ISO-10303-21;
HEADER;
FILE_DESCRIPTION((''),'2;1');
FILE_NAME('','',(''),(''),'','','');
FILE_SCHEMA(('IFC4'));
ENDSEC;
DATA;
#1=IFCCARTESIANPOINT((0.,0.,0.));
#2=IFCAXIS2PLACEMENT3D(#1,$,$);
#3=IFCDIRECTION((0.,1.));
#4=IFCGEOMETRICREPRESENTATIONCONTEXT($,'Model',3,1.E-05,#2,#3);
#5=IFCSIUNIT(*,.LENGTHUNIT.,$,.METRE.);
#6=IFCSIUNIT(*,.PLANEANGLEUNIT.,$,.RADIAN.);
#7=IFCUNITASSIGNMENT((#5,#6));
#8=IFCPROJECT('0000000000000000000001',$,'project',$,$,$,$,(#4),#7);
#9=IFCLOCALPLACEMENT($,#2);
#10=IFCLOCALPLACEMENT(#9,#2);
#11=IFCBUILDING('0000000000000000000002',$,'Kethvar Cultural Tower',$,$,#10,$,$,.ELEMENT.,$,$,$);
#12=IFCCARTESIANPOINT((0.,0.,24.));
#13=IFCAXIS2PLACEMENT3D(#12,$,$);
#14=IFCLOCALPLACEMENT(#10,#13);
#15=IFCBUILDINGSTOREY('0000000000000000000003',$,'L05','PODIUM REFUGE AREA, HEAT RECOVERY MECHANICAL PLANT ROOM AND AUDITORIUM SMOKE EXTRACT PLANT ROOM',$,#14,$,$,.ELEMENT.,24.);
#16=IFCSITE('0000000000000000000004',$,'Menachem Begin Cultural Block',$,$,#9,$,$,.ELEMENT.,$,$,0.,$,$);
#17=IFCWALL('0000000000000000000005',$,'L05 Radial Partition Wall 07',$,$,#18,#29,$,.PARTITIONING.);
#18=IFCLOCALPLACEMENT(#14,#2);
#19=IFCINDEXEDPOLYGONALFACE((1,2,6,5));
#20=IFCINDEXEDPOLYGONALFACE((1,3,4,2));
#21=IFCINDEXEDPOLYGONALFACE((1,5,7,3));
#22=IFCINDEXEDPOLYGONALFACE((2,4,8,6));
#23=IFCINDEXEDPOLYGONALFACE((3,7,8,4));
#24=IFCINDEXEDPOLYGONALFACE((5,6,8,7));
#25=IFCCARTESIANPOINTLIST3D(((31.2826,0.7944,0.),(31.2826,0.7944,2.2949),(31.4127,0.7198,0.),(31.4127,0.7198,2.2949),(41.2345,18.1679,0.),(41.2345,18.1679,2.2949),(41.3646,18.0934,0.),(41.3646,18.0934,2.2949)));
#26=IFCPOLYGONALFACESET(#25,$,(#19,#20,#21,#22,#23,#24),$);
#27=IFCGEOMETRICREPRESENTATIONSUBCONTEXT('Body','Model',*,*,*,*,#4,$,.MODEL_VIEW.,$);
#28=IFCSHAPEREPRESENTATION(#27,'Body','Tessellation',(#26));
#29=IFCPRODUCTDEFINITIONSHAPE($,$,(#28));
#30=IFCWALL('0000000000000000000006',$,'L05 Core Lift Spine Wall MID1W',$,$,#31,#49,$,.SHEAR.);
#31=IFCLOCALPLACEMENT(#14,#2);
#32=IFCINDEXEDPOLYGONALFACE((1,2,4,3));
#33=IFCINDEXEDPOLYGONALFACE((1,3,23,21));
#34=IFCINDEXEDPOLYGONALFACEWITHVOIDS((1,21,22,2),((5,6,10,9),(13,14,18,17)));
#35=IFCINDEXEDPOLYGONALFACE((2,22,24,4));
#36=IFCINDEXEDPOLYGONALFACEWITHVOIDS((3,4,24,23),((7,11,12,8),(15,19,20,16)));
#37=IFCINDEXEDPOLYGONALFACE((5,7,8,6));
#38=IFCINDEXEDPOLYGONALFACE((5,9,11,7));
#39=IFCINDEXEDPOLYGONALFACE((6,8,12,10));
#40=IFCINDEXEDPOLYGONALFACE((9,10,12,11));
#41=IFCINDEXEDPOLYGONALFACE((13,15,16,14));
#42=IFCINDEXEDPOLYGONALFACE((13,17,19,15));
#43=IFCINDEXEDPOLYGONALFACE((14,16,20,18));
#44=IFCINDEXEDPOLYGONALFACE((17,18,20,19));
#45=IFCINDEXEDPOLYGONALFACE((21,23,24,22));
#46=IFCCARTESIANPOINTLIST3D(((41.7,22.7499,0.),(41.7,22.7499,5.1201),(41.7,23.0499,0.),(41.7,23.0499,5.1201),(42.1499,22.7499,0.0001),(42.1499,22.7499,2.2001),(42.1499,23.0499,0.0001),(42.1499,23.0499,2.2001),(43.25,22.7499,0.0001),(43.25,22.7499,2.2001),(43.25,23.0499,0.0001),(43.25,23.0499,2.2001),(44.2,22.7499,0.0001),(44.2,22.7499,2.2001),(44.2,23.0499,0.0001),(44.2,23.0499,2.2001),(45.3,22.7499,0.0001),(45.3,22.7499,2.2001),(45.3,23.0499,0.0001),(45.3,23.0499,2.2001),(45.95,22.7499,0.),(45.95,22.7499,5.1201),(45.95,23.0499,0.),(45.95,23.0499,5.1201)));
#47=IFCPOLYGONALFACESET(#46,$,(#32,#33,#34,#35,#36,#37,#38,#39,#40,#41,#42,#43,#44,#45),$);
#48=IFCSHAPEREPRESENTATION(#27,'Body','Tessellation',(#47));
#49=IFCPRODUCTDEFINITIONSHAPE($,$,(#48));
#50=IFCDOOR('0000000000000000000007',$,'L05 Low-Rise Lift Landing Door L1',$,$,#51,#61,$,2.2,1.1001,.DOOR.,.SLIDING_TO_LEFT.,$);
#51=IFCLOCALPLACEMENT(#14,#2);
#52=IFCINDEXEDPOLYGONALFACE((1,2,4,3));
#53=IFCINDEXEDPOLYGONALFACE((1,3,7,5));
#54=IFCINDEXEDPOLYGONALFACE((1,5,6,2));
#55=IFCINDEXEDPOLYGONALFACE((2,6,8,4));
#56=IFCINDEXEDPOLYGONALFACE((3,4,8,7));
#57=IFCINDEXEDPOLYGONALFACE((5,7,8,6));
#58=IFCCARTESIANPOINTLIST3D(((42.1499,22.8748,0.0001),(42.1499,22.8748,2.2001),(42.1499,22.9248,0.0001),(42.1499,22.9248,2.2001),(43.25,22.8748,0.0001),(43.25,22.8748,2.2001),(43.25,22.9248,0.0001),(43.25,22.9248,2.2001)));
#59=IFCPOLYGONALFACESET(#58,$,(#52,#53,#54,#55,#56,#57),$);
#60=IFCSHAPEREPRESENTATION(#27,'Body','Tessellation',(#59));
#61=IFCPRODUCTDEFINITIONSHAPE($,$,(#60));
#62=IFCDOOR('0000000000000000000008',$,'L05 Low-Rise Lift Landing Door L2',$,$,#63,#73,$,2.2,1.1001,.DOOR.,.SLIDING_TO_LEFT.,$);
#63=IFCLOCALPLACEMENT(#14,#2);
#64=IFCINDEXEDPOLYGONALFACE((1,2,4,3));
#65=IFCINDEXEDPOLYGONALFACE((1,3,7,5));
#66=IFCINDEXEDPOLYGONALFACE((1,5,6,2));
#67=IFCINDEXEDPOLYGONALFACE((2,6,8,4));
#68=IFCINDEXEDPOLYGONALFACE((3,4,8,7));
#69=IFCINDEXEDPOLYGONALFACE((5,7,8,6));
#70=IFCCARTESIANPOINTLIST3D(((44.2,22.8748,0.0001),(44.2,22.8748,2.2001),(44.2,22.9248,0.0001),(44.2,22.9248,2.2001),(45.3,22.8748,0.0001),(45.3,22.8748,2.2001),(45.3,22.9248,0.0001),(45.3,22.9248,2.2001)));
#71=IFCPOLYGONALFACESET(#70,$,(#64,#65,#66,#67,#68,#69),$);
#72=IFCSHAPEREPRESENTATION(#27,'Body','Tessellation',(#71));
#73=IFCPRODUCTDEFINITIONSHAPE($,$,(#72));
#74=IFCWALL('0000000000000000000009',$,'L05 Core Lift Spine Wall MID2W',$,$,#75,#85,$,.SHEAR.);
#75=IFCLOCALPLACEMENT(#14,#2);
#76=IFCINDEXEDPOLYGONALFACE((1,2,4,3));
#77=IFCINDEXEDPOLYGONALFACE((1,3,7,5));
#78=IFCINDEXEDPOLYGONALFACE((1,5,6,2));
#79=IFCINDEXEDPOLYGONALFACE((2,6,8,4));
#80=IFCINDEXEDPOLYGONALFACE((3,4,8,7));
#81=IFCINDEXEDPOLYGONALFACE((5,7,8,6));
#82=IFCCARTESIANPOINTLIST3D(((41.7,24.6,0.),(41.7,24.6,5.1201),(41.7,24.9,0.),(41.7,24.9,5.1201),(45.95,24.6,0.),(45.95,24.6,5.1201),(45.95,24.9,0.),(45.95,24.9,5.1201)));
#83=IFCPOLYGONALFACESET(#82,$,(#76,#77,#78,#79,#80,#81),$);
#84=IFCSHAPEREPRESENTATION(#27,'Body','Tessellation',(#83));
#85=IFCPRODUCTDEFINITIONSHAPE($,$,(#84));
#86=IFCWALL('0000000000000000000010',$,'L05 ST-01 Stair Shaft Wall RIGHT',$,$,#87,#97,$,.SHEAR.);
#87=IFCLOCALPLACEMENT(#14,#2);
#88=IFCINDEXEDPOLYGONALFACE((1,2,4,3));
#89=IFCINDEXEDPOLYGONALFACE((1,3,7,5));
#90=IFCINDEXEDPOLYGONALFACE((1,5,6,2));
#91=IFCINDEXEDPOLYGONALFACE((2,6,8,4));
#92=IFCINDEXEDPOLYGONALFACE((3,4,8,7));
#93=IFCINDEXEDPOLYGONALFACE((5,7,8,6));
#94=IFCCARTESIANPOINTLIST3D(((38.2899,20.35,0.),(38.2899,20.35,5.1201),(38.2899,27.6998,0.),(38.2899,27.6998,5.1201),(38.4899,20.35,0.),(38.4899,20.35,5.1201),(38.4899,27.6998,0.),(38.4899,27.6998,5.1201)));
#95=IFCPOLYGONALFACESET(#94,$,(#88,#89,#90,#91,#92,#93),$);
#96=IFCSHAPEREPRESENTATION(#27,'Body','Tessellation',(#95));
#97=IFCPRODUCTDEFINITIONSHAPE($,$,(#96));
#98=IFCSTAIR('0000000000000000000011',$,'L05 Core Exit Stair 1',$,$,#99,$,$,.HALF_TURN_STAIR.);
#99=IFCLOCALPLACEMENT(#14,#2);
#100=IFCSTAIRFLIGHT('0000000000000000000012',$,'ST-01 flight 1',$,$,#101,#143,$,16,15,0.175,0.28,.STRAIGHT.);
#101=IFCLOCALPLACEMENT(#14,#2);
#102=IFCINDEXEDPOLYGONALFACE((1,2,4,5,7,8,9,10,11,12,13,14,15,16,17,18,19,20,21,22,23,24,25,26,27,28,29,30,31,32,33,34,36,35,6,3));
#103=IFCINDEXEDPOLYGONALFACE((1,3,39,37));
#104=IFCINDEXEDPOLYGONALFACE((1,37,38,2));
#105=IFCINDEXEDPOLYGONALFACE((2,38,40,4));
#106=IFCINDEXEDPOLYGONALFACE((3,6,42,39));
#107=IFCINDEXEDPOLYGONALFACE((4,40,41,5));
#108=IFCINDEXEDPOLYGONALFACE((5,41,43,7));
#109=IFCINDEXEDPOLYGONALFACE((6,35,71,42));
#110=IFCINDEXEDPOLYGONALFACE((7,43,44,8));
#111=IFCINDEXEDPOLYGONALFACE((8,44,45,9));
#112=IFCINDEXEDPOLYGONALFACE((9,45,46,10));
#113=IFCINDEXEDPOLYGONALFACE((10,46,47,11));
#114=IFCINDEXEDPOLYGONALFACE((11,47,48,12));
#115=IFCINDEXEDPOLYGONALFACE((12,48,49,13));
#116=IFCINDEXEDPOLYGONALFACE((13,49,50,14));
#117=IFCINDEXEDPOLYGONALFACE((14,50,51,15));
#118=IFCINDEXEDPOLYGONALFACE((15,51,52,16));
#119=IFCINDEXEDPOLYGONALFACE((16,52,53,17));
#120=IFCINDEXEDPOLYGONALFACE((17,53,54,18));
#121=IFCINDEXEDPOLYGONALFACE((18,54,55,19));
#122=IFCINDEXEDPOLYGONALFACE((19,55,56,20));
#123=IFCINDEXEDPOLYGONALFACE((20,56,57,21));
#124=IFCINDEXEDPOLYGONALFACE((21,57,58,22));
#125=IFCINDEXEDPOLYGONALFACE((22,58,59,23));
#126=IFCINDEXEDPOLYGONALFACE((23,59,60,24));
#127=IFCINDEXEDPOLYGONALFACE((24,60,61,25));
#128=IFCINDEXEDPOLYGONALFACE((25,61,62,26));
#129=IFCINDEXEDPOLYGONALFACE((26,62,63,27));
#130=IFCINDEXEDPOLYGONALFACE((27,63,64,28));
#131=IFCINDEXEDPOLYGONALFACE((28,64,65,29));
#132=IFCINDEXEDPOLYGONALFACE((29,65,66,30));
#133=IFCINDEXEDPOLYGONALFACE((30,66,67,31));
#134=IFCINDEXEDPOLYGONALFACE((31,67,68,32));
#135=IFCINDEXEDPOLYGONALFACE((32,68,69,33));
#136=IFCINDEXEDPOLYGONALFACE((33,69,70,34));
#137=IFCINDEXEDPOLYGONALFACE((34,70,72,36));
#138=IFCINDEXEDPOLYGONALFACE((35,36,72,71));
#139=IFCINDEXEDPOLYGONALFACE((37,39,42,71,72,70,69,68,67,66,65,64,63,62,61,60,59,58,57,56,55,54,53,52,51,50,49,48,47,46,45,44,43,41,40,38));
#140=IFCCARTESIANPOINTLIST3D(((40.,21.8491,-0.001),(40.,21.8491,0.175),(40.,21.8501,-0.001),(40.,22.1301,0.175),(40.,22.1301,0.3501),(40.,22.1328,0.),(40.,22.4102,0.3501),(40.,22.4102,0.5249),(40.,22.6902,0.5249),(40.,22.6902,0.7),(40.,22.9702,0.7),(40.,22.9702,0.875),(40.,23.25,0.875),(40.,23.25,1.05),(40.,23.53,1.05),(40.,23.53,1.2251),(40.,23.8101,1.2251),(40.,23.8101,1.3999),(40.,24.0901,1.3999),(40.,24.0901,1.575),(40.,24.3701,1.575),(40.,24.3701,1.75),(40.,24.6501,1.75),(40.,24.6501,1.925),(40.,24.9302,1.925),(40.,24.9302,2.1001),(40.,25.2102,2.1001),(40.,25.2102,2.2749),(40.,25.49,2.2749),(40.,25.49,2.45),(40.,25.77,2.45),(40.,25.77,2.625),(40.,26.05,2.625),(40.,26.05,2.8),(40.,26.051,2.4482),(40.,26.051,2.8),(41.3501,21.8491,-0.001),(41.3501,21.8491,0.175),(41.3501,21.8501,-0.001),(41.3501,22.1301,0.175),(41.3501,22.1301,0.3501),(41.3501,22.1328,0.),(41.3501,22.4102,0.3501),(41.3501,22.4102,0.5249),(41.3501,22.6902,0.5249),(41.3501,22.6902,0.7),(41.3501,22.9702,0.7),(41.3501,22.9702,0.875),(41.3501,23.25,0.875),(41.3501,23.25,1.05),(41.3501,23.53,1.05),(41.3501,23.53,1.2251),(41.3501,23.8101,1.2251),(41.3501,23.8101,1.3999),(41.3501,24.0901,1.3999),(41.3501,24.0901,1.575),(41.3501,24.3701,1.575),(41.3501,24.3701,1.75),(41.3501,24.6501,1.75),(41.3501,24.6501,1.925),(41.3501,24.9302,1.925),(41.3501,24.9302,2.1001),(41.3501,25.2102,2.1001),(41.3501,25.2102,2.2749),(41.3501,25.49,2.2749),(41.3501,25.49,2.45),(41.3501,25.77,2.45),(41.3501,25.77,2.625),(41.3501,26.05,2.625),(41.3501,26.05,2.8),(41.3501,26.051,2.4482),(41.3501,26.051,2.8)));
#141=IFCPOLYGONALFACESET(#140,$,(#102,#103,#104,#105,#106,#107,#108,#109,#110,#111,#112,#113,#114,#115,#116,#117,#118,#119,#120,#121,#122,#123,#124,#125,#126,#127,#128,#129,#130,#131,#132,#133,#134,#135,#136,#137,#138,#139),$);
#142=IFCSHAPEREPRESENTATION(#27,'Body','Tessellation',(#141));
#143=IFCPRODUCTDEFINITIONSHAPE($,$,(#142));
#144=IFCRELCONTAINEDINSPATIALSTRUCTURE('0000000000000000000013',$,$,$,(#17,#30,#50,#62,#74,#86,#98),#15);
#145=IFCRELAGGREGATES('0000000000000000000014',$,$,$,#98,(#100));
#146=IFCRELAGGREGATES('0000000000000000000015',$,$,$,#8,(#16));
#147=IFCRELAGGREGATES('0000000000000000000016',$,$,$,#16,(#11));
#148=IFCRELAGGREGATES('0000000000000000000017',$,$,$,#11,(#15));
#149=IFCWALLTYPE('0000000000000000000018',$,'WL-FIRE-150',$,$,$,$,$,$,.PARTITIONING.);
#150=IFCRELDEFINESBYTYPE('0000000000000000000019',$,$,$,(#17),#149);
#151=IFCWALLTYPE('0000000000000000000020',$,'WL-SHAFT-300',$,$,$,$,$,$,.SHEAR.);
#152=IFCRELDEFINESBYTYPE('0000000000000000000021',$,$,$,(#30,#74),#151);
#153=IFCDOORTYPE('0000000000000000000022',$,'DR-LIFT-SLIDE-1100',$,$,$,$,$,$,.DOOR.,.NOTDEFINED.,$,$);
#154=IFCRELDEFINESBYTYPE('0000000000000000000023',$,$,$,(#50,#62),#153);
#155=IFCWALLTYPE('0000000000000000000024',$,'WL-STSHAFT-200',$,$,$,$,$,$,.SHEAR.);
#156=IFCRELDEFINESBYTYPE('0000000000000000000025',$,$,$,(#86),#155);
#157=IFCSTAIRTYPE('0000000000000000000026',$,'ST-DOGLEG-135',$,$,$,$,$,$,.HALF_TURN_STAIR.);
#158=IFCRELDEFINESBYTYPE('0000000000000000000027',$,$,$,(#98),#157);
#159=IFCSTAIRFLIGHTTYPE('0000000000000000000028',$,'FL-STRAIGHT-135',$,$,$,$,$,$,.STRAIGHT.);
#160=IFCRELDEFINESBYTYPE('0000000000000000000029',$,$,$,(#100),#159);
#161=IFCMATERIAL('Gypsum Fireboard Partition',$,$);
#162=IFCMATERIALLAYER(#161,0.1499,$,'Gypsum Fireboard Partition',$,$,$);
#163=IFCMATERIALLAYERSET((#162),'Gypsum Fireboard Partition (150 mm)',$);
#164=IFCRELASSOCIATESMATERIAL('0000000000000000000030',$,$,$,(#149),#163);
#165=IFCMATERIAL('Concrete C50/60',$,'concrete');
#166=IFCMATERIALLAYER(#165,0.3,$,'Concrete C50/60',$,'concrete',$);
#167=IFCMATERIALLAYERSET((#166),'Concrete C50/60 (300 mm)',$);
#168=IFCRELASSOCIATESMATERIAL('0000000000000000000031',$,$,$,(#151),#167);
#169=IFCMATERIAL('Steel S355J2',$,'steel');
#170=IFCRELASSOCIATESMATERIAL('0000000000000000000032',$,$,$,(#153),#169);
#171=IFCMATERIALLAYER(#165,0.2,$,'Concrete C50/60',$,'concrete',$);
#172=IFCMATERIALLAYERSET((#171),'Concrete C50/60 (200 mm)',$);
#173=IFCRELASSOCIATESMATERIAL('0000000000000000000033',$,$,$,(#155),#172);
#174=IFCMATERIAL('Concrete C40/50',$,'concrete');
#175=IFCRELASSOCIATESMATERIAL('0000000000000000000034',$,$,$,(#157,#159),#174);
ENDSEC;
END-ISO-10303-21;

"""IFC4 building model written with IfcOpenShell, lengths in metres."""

from ifc_helpers import new_model, si_unit, direction, frame, frame_2d, origin, place, context, subcontext, project, spatial, polyline, rectangle, outline, extrude, source, transform, mapped, material, layer, layer_set, type_object, element, fill, aggregate, save


model = new_model("IFC4")

# Units and contexts
model_context = context("Model", 3, precision=1e-05, world=origin(), true_north=direction((0.0, 1.0)))
body_context = subcontext(model_context, "Body", "Model", "MODEL_VIEW")
ifc_project = project(units=[si_unit("LENGTHUNIT", "METRE"), si_unit("PLANEANGLEUNIT", "RADIAN")], contexts=[model_context])

# Site, building, storey
site_placement = place(None, origin())
site = spatial("IfcSite", under=ifc_project, at=site_placement, Name="Menachem Begin Cultural Block", CompositionType="ELEMENT", RefElevation=0.0)
building_placement = place(site_placement, origin())
building = spatial("IfcBuilding", under=site, at=building_placement, Name="Kethvar Cultural Tower", CompositionType="ELEMENT")
storey_placement = place(building_placement, frame((0.0, 0.0, 24.0)))
storey = spatial("IfcBuildingStorey", under=building, at=storey_placement, Name="L05", Description="PODIUM REFUGE AREA, HEAT RECOVERY MECHANICAL PLANT ROOM AND AUDITORIUM SMOKE EXTRACT PLANT ROOM", CompositionType="ELEMENT", Elevation=24.0)

# Shared definitions
ifc_material_1 = material(Name="Steel S355J2", Category="steel")

# Shared definitions
ifc_material_2 = material(Name="Gypsum Fireboard Partition")
ifc_layer_1 = layer(ifc_material_2, 0.1499, Name="Gypsum Fireboard Partition")
ifc_layer_set_1 = layer_set([ifc_layer_1], Name="Gypsum Fireboard Partition (150 mm)")
wall_type_1 = type_object("IfcWallType", Name="WL-FIRE-150", PredefinedType="PARTITIONING", material=ifc_layer_set_1)

# Wall
wall_1_placement = place(storey_placement, frame((41.2996, 18.1306, 0.0), z_axis=(0.0, 0.0, 1.0), x_axis=(-0.497049, -0.867723, 0.0)))
element("IfcWall", 1, at=wall_1_placement, inside=storey, type_object=wall_type_1, Name="L05 Radial Partition Wall 07", PredefinedType="PARTITIONING", context=body_context, shape_type="SweptSolid", body=[
    extrude(rectangle(XDim=20.022, YDim=0.1499, at=frame_2d((10.011, 0.0))), origin(), (0.0, 0.0, 1.0), 2.2949),
])

# Wall, openings, doors
ifc_material_3 = material(Name="Concrete C50/60", Category="concrete")
ifc_layer_2 = layer(ifc_material_3, 0.3, Name="Concrete C50/60", Category="concrete")
ifc_layer_set_2 = layer_set([ifc_layer_2], Name="Concrete C50/60 (300 mm)")
wall_type_2 = type_object("IfcWallType", Name="WL-SHAFT-300", PredefinedType="SHEAR", material=ifc_layer_set_2)
wall_2_placement = place(storey_placement, frame((41.7, 22.8999, 0.0), z_axis=(0.0, 0.0, 1.0), x_axis=(1.0, 0.0, 0.0)))
wall_2 = element("IfcWall", 2, at=wall_2_placement, inside=storey, type_object=wall_type_2, Name="L05 Core Lift Spine Wall MID1W", PredefinedType="SHEAR", context=body_context, shape_type="SweptSolid", body=[
    extrude(rectangle(XDim=4.25, YDim=0.3, at=frame_2d((2.125, 0.0))), origin(), (0.0, 0.0, 1.0), 5.1201),
])
opening_1_placement = place(wall_2_placement, frame((0.45, 0.0, 0.0)))
opening_1 = element("IfcOpeningElement", 3, at=opening_1_placement, cuts=wall_2, PredefinedType="OPENING", context=body_context, shape_type="SweptSolid", body=[
    extrude(rectangle(XDim=1.1001, YDim=2.2, at=frame_2d((0.55, 1.1001))), frame((0.0, 0.1599, 0.0), z_axis=(0.0, -1.0, 0.0), x_axis=(1.0, 0.0, 0.0)), (0.0, 0.0, 1.0), 0.3201),
])
opening_2_placement = place(wall_2_placement, frame((2.5, 0.0, 0.0)))
opening_2 = element("IfcOpeningElement", 4, at=opening_2_placement, cuts=wall_2, PredefinedType="OPENING", context=body_context, shape_type="SweptSolid", body=[
    extrude(rectangle(XDim=1.1001, YDim=2.2, at=frame_2d((0.55, 1.1001))), frame((0.0, 0.1599, 0.0), z_axis=(0.0, -1.0, 0.0), x_axis=(1.0, 0.0, 0.0)), (0.0, 0.0, 1.0), 0.3201),
])
door_type_1 = type_object("IfcDoorType", Name="DR-LIFT-SLIDE-1100", OperationType="NOTDEFINED", PredefinedType="DOOR", material=ifc_material_1)
shared_shape_1 = source(origin(), body_context, "Body", "SweptSolid", [
    extrude(rectangle(XDim=1.1001, YDim=2.2, at=frame_2d((0.55, 1.1001))), frame((0.0, 0.0249, 0.0), z_axis=(0.0, -1.0, 0.0), x_axis=(1.0, 0.0, 0.0)), (0.0, 0.0, 1.0), 0.05),
])
door_1_placement = place(opening_1_placement, origin())
door_1 = element("IfcDoor", 5, at=door_1_placement, inside=storey, type_object=door_type_1, Name="L05 Low-Rise Lift Landing Door L1", OperationType="SLIDING_TO_LEFT", OverallHeight=2.2, OverallWidth=1.1001, PredefinedType="DOOR", context=body_context, shape_type="MappedRepresentation", body=[
    mapped(shared_shape_1, transform((0.0, 0.0, 0.0), scale=1.0)),
])
fill(opening_1, door_1)
door_2_placement = place(opening_2_placement, origin())
door_2 = element("IfcDoor", 6, at=door_2_placement, inside=storey, type_object=door_type_1, Name="L05 Low-Rise Lift Landing Door L2", OperationType="SLIDING_TO_LEFT", OverallHeight=2.2, OverallWidth=1.1001, PredefinedType="DOOR", context=body_context, shape_type="MappedRepresentation", body=[
    mapped(shared_shape_1, transform((0.0, 0.0, 0.0), scale=1.0)),
])
fill(opening_2, door_2)

# Walls
wall_3_placement = place(storey_placement, frame((41.7, 24.75, 0.0), z_axis=(0.0, 0.0, 1.0), x_axis=(1.0, 0.0, 0.0)))
element("IfcWall", 7, at=wall_3_placement, inside=storey, type_object=wall_type_2, Name="L05 Core Lift Spine Wall MID2W", PredefinedType="SHEAR", context=body_context, shape_type="SweptSolid", body=[
    extrude(rectangle(XDim=4.25, YDim=0.3, at=frame_2d((2.125, 0.0))), origin(), (0.0, 0.0, 1.0), 5.1201),
])
ifc_layer_3 = layer(ifc_material_3, 0.2, Name="Concrete C50/60", Category="concrete")
ifc_layer_set_3 = layer_set([ifc_layer_3], Name="Concrete C50/60 (200 mm)")
wall_type_3 = type_object("IfcWallType", Name="WL-STSHAFT-200", PredefinedType="SHEAR", material=ifc_layer_set_3)
wall_4_placement = place(storey_placement, frame((38.3899, 20.3501, 0.0), z_axis=(0.0, 0.0, 1.0), x_axis=(0.0, 1.0, 0.0)))
element("IfcWall", 8, at=wall_4_placement, inside=storey, type_object=wall_type_3, Name="L05 ST-01 Stair Shaft Wall RIGHT", PredefinedType="SHEAR", context=body_context, shape_type="SweptSolid", body=[
    extrude(rectangle(XDim=7.3499, YDim=0.2, at=frame_2d((3.6748, 0.0))), origin(), (0.0, 0.0, 1.0), 5.1201),
])

# Stair, stair flight
ifc_material_4 = material(Name="Concrete C40/50", Category="concrete")
stair_type = type_object("IfcStairType", Name="ST-DOGLEG-135", PredefinedType="HALF_TURN_STAIR", material=ifc_material_4)
stair_placement = place(storey_placement, origin())
stair = element("IfcStair", 9, at=stair_placement, inside=storey, type_object=stair_type, Name="L05 Core Exit Stair 1", PredefinedType="HALF_TURN_STAIR")
stair_flight_type = type_object("IfcStairFlightType", Name="FL-STRAIGHT-135", PredefinedType="STRAIGHT", material=ifc_material_4)
stair_flight_1_placement = place(storey_placement, frame((40.675, 21.8501, 0.0), z_axis=(0.0, 0.0, 1.0), x_axis=(0.0, 1.0, 0.0)))
stair_flight_1 = element("IfcStairFlight", 10, at=stair_flight_1_placement, type_object=stair_flight_type, Name="ST-01 flight 1", NumberOfRisers=16, NumberOfTreads=15, PredefinedType="STRAIGHT", RiserHeight=0.175, TreadLength=0.28, context=body_context, shape_type="SweptSolid", body=[
    extrude(outline(polyline([(-0.001, -0.001), (-0.001, 0.175), (0.28, 0.175), (0.28, 0.3501), (0.5601, 0.3501), (0.5601, 0.5249), (0.8401, 0.5249), (0.8401, 0.7), (1.1201, 0.7), (1.1201, 0.875), (1.3999, 0.875), (1.3999, 1.05), (1.6799, 1.05), (1.6799, 1.2251), (1.96, 1.2251), (1.96, 1.3999), (2.24, 1.3999), (2.24, 1.575), (2.52, 1.575), (2.52, 1.75), (2.8, 1.75), (2.8, 1.925), (3.0801, 1.925), (3.0801, 2.1001), (3.3601, 2.1001), (3.3601, 2.2749), (3.6399, 2.2749), (3.6399, 2.45), (3.9199, 2.45), (3.9199, 2.625), (4.2, 2.625), (4.2, 2.8), (4.2009, 2.8), (4.2009, 2.4482), (0.2827, 0.0), (0.0, -0.001), (-0.001, -0.001)])), frame((0.0, 0.675, 0.0), z_axis=(0.0, -1.0, 0.0), x_axis=(1.0, 0.0, 0.0)), (0.0, 0.0, 1.0), 1.3501),
])
aggregate(stair, [stair_flight_1])

save(model, "model.ifc")
